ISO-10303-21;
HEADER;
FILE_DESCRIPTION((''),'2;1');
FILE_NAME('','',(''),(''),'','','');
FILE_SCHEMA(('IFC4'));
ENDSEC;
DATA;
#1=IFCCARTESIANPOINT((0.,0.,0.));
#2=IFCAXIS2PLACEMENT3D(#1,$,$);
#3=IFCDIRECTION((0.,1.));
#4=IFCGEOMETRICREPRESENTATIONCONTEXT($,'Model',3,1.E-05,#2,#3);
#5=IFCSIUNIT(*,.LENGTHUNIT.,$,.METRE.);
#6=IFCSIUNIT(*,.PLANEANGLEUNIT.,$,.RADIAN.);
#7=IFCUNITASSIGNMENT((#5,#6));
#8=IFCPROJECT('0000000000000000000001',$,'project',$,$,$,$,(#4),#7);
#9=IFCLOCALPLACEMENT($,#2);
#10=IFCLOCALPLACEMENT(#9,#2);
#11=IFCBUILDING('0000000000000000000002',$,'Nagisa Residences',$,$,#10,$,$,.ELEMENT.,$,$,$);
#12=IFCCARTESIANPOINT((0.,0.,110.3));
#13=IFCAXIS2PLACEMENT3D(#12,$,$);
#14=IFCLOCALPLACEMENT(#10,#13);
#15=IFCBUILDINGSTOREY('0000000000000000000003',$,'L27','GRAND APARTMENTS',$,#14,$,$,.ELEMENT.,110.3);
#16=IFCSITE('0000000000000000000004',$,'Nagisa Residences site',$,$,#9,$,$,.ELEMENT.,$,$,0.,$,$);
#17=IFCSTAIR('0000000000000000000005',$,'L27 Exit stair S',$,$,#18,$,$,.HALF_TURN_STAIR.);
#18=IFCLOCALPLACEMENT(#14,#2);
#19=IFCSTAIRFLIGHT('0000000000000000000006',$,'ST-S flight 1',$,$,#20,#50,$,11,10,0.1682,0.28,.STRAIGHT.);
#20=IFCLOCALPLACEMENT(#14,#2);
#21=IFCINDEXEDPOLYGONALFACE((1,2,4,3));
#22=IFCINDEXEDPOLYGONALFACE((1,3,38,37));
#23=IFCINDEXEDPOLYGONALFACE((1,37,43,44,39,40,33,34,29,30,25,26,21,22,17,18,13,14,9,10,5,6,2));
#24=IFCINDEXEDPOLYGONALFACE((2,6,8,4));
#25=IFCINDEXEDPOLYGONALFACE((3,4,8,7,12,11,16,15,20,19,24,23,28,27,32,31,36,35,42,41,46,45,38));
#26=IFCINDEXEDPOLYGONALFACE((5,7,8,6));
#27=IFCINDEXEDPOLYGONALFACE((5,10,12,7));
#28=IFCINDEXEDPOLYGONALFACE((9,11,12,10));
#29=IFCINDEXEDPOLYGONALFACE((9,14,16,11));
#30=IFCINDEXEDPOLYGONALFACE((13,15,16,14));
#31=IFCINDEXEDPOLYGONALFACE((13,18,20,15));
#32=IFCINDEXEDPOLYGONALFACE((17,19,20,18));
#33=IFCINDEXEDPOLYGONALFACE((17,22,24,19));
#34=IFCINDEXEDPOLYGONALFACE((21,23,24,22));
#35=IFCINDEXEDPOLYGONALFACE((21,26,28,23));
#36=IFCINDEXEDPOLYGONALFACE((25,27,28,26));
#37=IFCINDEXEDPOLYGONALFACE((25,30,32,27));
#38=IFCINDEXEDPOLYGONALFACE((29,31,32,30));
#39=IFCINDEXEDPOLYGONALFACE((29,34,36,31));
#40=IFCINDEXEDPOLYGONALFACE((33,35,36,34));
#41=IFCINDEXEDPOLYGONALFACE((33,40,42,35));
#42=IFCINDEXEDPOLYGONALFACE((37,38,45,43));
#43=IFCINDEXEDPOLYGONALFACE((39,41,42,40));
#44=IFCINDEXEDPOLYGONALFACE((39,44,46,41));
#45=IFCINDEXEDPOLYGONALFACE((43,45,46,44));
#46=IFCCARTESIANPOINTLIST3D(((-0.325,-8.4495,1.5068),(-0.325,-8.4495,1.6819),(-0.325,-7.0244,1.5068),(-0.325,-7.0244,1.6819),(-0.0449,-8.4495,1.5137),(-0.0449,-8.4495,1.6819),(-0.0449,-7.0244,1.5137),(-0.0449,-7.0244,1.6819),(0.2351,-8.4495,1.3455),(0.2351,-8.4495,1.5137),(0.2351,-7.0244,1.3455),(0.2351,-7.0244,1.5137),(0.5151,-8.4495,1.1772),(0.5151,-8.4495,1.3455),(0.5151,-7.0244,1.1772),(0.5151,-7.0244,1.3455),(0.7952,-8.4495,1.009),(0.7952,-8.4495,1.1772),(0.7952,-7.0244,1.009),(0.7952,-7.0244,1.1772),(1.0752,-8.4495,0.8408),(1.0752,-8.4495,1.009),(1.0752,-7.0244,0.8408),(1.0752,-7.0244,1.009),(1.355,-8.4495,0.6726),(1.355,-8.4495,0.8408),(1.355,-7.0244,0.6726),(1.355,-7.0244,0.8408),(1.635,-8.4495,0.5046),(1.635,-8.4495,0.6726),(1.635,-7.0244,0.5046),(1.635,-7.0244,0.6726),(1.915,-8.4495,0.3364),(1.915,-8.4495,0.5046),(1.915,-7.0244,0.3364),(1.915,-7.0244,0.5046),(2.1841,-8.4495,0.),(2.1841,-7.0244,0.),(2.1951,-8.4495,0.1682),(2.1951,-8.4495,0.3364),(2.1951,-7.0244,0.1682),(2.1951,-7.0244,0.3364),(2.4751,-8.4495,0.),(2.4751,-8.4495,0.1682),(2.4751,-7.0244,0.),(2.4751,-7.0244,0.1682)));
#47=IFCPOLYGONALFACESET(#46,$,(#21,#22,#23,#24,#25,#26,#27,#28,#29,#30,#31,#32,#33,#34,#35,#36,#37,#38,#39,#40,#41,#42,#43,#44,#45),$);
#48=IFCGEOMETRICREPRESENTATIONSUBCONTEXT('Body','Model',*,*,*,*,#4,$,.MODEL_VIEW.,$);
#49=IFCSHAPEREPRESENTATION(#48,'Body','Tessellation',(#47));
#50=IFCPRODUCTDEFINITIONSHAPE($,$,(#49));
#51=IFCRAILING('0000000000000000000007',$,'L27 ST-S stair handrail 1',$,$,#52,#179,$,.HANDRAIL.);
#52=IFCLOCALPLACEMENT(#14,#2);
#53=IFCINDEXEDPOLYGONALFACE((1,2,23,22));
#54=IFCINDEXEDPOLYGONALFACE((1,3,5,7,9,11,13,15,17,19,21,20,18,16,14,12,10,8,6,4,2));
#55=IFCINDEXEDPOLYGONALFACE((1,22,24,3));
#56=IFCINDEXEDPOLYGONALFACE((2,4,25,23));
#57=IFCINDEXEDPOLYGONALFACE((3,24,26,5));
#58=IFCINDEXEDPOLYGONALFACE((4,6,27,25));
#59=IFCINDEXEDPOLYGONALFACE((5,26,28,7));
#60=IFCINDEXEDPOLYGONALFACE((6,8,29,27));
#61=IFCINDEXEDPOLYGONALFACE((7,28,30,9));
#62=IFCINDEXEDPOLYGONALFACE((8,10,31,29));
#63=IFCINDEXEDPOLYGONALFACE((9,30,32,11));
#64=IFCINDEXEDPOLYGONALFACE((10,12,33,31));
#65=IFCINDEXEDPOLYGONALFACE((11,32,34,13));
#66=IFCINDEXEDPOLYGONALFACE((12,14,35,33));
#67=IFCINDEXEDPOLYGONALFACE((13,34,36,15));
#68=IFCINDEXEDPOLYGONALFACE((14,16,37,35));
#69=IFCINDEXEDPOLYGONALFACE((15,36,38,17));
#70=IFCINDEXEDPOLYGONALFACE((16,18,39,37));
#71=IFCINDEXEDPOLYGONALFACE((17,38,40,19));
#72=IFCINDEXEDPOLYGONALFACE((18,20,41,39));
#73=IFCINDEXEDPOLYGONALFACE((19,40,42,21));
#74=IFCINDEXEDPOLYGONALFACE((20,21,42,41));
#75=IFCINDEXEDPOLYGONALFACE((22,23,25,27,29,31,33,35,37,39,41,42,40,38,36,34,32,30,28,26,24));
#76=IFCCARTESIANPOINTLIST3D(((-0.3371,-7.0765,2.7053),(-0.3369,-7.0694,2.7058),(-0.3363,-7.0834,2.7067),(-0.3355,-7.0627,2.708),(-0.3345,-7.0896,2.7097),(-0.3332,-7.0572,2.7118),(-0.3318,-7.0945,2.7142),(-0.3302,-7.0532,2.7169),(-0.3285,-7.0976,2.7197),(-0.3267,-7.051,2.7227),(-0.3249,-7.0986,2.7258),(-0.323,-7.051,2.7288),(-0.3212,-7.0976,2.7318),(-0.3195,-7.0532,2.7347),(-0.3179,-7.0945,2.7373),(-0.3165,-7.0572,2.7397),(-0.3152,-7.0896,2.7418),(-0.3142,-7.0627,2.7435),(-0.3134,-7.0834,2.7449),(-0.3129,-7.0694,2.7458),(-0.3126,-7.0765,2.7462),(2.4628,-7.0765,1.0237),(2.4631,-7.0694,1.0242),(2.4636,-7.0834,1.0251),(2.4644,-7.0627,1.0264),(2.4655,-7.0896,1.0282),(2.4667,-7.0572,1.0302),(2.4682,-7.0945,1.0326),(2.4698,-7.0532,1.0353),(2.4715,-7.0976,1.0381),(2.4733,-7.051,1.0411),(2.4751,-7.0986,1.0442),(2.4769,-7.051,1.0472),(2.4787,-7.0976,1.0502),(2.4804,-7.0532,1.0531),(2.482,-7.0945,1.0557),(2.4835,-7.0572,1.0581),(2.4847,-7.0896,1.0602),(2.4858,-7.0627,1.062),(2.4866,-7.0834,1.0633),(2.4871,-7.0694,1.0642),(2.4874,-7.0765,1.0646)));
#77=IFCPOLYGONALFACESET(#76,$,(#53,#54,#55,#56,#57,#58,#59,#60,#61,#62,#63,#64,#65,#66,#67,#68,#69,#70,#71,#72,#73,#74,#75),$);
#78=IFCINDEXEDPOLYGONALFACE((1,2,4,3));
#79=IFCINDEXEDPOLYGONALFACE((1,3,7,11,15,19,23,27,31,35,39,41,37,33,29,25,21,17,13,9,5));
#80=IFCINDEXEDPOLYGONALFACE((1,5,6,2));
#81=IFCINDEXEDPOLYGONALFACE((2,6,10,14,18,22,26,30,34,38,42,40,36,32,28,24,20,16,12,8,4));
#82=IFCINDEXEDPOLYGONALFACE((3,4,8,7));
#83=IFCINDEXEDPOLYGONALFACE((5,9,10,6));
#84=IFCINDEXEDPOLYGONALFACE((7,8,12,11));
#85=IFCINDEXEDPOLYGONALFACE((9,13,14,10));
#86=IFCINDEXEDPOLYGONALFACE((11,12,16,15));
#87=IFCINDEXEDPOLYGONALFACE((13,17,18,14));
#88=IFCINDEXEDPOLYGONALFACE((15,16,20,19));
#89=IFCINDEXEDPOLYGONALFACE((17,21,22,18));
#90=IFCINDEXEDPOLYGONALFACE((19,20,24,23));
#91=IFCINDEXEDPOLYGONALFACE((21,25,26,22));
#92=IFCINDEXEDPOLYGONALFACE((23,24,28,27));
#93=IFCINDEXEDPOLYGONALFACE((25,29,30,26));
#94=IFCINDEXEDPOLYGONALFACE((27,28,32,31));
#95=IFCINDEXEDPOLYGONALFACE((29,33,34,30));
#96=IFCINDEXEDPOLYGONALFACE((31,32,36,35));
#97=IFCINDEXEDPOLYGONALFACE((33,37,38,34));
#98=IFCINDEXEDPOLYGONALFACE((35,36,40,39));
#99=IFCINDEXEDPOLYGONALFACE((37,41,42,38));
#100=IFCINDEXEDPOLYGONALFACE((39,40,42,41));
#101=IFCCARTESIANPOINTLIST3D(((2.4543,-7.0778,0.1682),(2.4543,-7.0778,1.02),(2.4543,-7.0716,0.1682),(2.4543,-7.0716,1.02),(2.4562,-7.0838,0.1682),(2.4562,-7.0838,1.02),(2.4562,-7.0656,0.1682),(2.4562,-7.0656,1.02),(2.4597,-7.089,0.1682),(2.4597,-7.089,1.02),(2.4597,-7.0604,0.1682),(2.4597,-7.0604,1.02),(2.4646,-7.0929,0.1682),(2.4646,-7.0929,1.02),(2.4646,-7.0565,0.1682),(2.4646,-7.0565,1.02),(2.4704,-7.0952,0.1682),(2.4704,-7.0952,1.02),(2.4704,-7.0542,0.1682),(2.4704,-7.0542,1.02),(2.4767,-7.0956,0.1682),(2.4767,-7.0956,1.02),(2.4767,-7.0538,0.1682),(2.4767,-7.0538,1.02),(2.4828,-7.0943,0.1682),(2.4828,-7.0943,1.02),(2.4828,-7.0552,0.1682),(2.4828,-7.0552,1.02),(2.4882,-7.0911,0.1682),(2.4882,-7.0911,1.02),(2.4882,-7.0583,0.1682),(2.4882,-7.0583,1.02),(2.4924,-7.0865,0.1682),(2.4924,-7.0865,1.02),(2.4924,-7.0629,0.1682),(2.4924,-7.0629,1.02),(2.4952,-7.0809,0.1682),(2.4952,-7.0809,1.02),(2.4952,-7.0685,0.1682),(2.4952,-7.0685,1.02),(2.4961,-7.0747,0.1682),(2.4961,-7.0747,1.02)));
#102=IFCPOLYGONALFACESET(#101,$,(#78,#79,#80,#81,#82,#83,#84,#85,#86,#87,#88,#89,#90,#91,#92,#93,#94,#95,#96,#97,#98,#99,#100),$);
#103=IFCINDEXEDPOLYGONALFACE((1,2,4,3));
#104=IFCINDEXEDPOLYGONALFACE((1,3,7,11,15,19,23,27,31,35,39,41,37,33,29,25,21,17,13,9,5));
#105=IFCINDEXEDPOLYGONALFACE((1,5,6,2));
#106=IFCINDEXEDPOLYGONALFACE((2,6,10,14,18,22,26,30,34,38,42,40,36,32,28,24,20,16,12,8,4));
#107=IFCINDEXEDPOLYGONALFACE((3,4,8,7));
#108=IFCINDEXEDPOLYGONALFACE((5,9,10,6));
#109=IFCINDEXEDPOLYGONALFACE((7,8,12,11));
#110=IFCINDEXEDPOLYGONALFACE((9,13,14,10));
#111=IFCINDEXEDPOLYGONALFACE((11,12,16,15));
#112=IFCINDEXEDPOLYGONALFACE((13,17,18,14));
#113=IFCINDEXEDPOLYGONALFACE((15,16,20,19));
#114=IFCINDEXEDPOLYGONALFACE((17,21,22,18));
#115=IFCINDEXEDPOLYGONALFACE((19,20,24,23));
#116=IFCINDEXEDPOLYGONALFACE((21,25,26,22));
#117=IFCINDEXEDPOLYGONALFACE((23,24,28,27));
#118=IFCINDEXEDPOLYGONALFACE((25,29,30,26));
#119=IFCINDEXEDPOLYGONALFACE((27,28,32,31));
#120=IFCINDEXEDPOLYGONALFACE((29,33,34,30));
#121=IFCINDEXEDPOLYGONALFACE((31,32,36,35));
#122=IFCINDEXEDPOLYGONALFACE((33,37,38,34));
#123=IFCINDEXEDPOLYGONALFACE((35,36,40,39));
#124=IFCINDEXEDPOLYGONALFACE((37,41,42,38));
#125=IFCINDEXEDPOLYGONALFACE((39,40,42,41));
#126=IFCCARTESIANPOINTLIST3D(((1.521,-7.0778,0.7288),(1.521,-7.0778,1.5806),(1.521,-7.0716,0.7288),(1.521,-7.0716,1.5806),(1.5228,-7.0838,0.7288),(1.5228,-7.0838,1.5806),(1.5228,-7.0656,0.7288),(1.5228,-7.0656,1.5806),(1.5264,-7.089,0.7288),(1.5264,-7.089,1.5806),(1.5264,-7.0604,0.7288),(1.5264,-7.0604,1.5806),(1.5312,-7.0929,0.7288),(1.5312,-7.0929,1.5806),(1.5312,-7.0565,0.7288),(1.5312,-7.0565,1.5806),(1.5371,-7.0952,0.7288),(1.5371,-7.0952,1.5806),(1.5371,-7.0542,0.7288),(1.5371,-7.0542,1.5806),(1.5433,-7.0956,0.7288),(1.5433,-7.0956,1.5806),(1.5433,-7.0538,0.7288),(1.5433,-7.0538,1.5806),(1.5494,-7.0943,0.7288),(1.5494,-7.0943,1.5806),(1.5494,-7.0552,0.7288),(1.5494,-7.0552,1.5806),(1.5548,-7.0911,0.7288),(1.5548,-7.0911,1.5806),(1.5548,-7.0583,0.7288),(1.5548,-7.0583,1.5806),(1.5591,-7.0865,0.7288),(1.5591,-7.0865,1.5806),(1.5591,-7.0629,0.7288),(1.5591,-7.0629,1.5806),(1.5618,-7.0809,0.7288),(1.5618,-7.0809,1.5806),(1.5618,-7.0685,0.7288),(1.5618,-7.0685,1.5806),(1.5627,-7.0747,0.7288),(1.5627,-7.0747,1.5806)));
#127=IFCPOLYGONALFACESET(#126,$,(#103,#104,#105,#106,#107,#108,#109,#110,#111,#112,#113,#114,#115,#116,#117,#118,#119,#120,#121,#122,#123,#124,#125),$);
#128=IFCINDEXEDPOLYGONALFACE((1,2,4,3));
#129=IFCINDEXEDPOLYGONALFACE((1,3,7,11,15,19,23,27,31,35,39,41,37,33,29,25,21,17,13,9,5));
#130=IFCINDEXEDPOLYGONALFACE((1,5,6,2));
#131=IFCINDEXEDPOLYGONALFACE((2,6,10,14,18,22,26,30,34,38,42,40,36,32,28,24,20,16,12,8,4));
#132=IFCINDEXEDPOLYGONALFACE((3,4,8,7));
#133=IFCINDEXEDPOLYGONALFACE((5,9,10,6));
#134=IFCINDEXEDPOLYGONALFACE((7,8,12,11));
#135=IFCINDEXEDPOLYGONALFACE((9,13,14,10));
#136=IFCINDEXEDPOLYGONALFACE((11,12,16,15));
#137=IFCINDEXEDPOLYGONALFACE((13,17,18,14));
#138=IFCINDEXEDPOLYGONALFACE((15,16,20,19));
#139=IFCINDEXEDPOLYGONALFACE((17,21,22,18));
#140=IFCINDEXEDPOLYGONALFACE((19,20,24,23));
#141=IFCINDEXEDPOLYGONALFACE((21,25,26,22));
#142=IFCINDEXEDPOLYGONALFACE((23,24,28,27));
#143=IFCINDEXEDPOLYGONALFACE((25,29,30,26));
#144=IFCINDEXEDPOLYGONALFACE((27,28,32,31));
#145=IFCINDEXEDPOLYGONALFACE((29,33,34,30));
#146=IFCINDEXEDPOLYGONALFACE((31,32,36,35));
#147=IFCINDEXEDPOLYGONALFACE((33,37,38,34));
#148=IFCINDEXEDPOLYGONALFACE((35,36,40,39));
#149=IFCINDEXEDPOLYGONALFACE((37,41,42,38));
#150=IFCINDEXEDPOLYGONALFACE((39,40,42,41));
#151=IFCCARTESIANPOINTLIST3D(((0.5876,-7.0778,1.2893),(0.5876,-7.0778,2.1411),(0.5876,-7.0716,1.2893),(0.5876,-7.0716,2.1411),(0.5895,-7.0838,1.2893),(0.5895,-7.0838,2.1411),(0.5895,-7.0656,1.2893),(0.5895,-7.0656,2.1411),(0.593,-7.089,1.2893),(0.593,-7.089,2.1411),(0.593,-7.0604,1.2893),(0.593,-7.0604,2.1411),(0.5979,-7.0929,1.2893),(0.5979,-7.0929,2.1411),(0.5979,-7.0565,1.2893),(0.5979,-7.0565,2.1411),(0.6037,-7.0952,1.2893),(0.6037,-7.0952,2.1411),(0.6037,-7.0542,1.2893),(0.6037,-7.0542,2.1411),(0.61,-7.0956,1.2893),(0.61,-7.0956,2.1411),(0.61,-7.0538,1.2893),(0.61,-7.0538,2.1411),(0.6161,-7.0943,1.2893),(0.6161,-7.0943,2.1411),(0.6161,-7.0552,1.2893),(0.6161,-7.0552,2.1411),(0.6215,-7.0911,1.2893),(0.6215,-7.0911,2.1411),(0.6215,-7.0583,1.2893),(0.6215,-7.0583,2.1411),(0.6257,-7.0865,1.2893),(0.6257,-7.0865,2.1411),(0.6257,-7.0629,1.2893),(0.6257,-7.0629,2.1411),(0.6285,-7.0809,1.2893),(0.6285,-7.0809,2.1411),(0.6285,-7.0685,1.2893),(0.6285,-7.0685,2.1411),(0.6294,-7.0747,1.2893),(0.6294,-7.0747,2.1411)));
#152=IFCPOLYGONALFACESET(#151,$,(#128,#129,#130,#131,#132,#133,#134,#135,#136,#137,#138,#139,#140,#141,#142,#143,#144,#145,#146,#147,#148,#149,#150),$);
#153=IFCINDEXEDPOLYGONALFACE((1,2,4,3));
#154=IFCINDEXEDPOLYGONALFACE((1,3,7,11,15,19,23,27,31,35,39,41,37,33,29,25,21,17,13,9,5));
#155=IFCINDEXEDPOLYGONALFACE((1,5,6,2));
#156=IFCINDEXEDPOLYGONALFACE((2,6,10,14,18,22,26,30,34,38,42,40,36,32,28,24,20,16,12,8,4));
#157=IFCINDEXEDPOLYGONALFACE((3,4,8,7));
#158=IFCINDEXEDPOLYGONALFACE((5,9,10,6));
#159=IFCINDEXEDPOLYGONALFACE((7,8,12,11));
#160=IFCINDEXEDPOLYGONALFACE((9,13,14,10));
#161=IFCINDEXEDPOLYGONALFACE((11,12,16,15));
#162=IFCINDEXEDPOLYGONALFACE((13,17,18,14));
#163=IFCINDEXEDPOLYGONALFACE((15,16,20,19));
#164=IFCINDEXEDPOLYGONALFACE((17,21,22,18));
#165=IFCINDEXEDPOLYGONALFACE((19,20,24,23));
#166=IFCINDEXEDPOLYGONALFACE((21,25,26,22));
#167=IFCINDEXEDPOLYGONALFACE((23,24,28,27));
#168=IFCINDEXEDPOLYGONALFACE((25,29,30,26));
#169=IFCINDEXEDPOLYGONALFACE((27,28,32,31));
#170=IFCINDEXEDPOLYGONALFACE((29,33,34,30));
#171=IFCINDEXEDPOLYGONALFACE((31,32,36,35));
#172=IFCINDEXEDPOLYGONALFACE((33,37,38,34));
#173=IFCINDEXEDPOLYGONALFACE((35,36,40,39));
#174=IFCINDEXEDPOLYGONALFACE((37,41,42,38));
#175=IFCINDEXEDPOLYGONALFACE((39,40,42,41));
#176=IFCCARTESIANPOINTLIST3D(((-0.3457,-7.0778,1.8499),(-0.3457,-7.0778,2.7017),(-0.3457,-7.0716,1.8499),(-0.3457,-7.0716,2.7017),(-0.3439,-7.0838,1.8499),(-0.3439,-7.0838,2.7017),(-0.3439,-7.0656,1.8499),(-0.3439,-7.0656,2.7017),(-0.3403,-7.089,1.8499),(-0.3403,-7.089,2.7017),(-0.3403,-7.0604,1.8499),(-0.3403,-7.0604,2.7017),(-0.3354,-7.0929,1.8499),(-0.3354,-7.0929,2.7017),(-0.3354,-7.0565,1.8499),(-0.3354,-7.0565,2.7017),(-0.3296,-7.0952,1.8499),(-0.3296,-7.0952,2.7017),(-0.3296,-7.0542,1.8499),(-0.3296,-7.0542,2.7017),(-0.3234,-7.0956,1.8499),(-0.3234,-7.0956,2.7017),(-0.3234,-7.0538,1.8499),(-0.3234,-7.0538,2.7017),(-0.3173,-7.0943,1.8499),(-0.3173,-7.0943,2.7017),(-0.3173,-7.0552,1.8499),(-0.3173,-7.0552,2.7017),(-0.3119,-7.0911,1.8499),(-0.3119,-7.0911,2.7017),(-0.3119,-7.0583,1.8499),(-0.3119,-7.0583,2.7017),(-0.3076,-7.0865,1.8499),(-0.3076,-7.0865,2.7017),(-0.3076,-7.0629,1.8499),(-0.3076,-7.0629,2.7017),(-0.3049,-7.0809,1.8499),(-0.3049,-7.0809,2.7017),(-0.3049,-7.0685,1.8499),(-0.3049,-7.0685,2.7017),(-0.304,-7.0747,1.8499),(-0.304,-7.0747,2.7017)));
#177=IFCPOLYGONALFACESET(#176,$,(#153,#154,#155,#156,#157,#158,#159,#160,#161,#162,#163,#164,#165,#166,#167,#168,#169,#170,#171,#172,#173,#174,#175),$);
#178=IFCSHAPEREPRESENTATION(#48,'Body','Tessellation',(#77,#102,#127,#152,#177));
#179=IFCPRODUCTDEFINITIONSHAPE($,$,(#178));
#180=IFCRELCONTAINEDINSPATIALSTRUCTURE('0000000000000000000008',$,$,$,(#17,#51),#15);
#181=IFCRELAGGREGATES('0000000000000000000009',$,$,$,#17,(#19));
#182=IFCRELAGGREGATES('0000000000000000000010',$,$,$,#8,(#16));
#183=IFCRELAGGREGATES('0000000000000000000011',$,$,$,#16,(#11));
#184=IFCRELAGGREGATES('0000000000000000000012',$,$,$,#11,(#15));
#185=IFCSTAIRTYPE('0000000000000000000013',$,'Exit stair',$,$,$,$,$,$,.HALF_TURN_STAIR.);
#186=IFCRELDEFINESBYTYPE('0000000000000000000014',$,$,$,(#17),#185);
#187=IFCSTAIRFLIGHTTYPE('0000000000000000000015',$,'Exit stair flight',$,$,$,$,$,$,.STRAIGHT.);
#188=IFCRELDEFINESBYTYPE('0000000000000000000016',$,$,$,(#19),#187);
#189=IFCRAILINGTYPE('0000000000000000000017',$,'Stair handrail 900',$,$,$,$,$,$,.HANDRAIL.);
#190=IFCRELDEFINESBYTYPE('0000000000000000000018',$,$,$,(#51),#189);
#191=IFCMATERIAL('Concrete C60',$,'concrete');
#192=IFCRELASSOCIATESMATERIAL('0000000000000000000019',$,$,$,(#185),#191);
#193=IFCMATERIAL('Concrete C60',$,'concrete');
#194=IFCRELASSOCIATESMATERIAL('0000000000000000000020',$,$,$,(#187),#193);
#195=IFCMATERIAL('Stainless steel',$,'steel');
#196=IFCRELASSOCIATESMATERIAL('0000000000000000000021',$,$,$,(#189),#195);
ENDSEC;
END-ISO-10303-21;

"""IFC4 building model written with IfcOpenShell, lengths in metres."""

from ifc_helpers import new_model, si_unit, direction, frame, origin, origin_2d, place, context, subcontext, project, spatial, polyline, circle, outline, extrude, material, type_object, element, aggregate, save


model = new_model("IFC4")

# Units and contexts
model_context = context("Model", 3, precision=1e-05, world=origin(), true_north=direction((0.0, 1.0)))
body_context = subcontext(model_context, "Body", "Model", "MODEL_VIEW")
ifc_project = project(units=[si_unit("LENGTHUNIT", "METRE"), si_unit("PLANEANGLEUNIT", "RADIAN")], contexts=[model_context])

# Site, building, storey
site_placement = place(None, origin())
site = spatial("IfcSite", under=ifc_project, at=site_placement, Name="Nagisa Residences site", CompositionType="ELEMENT", RefElevation=0.0)
building_placement = place(site_placement, origin())
building = spatial("IfcBuilding", under=site, at=building_placement, Name="Nagisa Residences", CompositionType="ELEMENT")
storey_placement = place(building_placement, frame((0.0, 0.0, 110.3)))
storey = spatial("IfcBuildingStorey", under=building, at=storey_placement, Name="L27", Description="GRAND APARTMENTS", CompositionType="ELEMENT", Elevation=110.3)

# Stair, stair flight
ifc_material_1 = material(Name="Concrete C60", Category="concrete")
stair_type = type_object("IfcStairType", Name="Exit stair", PredefinedType="HALF_TURN_STAIR", material=ifc_material_1)
stair_placement = place(storey_placement, origin())
stair = element("IfcStair", 1, at=stair_placement, inside=storey, type_object=stair_type, Name="L27 Exit stair S", PredefinedType="HALF_TURN_STAIR")
ifc_material_2 = material(Name="Concrete C60", Category="concrete")
stair_flight_type = type_object("IfcStairFlightType", Name="Exit stair flight", PredefinedType="STRAIGHT", material=ifc_material_2)
stair_flight_placement = place(storey_placement, frame((2.4751, -7.7371, 0.0), z_axis=(0.0, 0.0, 1.0), x_axis=(-1.0, 0.0, 0.0)))
stair_flight = element("IfcStairFlight", 2, at=stair_flight_placement, type_object=stair_flight_type, Name="ST-S flight 1", NumberOfRisers=11, NumberOfTreads=10, PredefinedType="STRAIGHT", RiserHeight=0.1682, TreadLength=0.28, context=body_context, shape_type="SweptSolid", body=[
    extrude(outline(polyline([(0.0, 0.0), (0.0, 0.1682), (0.28, 0.1682), (0.28, 0.3364), (0.5601, 0.3364), (0.5601, 0.5046), (0.8401, 0.5046), (0.8401, 0.6726), (1.1201, 0.6726), (1.1201, 0.8408), (1.3999, 0.8408), (1.3999, 1.009), (1.6799, 1.009), (1.6799, 1.1772), (1.96, 1.1772), (1.96, 1.3455), (2.24, 1.3455), (2.24, 1.5137), (2.52, 1.5137), (2.52, 1.6819), (2.8, 1.6819), (2.8, 1.8501), (2.8, 1.5068), (0.291, 0.0), (0.0, 0.0)])), frame((0.0, 0.7124, 0.0), z_axis=(0.0, -1.0, 0.0), x_axis=(1.0, 0.0, 0.0)), (0.0, 0.0, 1.0), 1.425),
])
aggregate(stair, [stair_flight])

# Railing
ifc_material_3 = material(Name="Stainless steel", Category="steel")
railing_type_1 = type_object("IfcRailingType", Name="Stair handrail 900", PredefinedType="HANDRAIL", material=ifc_material_3)
railing_1_placement = place(storey_placement, frame((2.4751, -7.0747, 0.1682)))
element("IfcRailing", 3, at=railing_1_placement, inside=storey, type_object=railing_type_1, Name="L27 ST-S stair handrail 1", PredefinedType="HANDRAIL", context=body_context, shape_type="SweptSolid", body=[
    extrude(circle(Radius=0.0239, at=origin_2d()), frame((0.0, 0.0, 0.876), z_axis=(-0.857275, 0.0, 0.514858), x_axis=(0.0, -1.0, 0.0)), (0.0, 0.0, 1.0), 3.2661),
    extrude(circle(Radius=0.021, at=origin_2d()), origin(), (0.0, 0.0, 1.0), 0.8518),
    extrude(circle(Radius=0.021, at=origin_2d()), frame((-0.9333, 0.0, 0.5605)), (0.0, 0.0, 1.0), 0.8518),
    extrude(circle(Radius=0.021, at=origin_2d()), frame((-1.8667, 0.0, 1.1211)), (0.0, 0.0, 1.0), 0.8518),
    extrude(circle(Radius=0.021, at=origin_2d()), frame((-2.8, 0.0, 1.6816)), (0.0, 0.0, 1.0), 0.8518),
])

save(model, "model.ifc")
